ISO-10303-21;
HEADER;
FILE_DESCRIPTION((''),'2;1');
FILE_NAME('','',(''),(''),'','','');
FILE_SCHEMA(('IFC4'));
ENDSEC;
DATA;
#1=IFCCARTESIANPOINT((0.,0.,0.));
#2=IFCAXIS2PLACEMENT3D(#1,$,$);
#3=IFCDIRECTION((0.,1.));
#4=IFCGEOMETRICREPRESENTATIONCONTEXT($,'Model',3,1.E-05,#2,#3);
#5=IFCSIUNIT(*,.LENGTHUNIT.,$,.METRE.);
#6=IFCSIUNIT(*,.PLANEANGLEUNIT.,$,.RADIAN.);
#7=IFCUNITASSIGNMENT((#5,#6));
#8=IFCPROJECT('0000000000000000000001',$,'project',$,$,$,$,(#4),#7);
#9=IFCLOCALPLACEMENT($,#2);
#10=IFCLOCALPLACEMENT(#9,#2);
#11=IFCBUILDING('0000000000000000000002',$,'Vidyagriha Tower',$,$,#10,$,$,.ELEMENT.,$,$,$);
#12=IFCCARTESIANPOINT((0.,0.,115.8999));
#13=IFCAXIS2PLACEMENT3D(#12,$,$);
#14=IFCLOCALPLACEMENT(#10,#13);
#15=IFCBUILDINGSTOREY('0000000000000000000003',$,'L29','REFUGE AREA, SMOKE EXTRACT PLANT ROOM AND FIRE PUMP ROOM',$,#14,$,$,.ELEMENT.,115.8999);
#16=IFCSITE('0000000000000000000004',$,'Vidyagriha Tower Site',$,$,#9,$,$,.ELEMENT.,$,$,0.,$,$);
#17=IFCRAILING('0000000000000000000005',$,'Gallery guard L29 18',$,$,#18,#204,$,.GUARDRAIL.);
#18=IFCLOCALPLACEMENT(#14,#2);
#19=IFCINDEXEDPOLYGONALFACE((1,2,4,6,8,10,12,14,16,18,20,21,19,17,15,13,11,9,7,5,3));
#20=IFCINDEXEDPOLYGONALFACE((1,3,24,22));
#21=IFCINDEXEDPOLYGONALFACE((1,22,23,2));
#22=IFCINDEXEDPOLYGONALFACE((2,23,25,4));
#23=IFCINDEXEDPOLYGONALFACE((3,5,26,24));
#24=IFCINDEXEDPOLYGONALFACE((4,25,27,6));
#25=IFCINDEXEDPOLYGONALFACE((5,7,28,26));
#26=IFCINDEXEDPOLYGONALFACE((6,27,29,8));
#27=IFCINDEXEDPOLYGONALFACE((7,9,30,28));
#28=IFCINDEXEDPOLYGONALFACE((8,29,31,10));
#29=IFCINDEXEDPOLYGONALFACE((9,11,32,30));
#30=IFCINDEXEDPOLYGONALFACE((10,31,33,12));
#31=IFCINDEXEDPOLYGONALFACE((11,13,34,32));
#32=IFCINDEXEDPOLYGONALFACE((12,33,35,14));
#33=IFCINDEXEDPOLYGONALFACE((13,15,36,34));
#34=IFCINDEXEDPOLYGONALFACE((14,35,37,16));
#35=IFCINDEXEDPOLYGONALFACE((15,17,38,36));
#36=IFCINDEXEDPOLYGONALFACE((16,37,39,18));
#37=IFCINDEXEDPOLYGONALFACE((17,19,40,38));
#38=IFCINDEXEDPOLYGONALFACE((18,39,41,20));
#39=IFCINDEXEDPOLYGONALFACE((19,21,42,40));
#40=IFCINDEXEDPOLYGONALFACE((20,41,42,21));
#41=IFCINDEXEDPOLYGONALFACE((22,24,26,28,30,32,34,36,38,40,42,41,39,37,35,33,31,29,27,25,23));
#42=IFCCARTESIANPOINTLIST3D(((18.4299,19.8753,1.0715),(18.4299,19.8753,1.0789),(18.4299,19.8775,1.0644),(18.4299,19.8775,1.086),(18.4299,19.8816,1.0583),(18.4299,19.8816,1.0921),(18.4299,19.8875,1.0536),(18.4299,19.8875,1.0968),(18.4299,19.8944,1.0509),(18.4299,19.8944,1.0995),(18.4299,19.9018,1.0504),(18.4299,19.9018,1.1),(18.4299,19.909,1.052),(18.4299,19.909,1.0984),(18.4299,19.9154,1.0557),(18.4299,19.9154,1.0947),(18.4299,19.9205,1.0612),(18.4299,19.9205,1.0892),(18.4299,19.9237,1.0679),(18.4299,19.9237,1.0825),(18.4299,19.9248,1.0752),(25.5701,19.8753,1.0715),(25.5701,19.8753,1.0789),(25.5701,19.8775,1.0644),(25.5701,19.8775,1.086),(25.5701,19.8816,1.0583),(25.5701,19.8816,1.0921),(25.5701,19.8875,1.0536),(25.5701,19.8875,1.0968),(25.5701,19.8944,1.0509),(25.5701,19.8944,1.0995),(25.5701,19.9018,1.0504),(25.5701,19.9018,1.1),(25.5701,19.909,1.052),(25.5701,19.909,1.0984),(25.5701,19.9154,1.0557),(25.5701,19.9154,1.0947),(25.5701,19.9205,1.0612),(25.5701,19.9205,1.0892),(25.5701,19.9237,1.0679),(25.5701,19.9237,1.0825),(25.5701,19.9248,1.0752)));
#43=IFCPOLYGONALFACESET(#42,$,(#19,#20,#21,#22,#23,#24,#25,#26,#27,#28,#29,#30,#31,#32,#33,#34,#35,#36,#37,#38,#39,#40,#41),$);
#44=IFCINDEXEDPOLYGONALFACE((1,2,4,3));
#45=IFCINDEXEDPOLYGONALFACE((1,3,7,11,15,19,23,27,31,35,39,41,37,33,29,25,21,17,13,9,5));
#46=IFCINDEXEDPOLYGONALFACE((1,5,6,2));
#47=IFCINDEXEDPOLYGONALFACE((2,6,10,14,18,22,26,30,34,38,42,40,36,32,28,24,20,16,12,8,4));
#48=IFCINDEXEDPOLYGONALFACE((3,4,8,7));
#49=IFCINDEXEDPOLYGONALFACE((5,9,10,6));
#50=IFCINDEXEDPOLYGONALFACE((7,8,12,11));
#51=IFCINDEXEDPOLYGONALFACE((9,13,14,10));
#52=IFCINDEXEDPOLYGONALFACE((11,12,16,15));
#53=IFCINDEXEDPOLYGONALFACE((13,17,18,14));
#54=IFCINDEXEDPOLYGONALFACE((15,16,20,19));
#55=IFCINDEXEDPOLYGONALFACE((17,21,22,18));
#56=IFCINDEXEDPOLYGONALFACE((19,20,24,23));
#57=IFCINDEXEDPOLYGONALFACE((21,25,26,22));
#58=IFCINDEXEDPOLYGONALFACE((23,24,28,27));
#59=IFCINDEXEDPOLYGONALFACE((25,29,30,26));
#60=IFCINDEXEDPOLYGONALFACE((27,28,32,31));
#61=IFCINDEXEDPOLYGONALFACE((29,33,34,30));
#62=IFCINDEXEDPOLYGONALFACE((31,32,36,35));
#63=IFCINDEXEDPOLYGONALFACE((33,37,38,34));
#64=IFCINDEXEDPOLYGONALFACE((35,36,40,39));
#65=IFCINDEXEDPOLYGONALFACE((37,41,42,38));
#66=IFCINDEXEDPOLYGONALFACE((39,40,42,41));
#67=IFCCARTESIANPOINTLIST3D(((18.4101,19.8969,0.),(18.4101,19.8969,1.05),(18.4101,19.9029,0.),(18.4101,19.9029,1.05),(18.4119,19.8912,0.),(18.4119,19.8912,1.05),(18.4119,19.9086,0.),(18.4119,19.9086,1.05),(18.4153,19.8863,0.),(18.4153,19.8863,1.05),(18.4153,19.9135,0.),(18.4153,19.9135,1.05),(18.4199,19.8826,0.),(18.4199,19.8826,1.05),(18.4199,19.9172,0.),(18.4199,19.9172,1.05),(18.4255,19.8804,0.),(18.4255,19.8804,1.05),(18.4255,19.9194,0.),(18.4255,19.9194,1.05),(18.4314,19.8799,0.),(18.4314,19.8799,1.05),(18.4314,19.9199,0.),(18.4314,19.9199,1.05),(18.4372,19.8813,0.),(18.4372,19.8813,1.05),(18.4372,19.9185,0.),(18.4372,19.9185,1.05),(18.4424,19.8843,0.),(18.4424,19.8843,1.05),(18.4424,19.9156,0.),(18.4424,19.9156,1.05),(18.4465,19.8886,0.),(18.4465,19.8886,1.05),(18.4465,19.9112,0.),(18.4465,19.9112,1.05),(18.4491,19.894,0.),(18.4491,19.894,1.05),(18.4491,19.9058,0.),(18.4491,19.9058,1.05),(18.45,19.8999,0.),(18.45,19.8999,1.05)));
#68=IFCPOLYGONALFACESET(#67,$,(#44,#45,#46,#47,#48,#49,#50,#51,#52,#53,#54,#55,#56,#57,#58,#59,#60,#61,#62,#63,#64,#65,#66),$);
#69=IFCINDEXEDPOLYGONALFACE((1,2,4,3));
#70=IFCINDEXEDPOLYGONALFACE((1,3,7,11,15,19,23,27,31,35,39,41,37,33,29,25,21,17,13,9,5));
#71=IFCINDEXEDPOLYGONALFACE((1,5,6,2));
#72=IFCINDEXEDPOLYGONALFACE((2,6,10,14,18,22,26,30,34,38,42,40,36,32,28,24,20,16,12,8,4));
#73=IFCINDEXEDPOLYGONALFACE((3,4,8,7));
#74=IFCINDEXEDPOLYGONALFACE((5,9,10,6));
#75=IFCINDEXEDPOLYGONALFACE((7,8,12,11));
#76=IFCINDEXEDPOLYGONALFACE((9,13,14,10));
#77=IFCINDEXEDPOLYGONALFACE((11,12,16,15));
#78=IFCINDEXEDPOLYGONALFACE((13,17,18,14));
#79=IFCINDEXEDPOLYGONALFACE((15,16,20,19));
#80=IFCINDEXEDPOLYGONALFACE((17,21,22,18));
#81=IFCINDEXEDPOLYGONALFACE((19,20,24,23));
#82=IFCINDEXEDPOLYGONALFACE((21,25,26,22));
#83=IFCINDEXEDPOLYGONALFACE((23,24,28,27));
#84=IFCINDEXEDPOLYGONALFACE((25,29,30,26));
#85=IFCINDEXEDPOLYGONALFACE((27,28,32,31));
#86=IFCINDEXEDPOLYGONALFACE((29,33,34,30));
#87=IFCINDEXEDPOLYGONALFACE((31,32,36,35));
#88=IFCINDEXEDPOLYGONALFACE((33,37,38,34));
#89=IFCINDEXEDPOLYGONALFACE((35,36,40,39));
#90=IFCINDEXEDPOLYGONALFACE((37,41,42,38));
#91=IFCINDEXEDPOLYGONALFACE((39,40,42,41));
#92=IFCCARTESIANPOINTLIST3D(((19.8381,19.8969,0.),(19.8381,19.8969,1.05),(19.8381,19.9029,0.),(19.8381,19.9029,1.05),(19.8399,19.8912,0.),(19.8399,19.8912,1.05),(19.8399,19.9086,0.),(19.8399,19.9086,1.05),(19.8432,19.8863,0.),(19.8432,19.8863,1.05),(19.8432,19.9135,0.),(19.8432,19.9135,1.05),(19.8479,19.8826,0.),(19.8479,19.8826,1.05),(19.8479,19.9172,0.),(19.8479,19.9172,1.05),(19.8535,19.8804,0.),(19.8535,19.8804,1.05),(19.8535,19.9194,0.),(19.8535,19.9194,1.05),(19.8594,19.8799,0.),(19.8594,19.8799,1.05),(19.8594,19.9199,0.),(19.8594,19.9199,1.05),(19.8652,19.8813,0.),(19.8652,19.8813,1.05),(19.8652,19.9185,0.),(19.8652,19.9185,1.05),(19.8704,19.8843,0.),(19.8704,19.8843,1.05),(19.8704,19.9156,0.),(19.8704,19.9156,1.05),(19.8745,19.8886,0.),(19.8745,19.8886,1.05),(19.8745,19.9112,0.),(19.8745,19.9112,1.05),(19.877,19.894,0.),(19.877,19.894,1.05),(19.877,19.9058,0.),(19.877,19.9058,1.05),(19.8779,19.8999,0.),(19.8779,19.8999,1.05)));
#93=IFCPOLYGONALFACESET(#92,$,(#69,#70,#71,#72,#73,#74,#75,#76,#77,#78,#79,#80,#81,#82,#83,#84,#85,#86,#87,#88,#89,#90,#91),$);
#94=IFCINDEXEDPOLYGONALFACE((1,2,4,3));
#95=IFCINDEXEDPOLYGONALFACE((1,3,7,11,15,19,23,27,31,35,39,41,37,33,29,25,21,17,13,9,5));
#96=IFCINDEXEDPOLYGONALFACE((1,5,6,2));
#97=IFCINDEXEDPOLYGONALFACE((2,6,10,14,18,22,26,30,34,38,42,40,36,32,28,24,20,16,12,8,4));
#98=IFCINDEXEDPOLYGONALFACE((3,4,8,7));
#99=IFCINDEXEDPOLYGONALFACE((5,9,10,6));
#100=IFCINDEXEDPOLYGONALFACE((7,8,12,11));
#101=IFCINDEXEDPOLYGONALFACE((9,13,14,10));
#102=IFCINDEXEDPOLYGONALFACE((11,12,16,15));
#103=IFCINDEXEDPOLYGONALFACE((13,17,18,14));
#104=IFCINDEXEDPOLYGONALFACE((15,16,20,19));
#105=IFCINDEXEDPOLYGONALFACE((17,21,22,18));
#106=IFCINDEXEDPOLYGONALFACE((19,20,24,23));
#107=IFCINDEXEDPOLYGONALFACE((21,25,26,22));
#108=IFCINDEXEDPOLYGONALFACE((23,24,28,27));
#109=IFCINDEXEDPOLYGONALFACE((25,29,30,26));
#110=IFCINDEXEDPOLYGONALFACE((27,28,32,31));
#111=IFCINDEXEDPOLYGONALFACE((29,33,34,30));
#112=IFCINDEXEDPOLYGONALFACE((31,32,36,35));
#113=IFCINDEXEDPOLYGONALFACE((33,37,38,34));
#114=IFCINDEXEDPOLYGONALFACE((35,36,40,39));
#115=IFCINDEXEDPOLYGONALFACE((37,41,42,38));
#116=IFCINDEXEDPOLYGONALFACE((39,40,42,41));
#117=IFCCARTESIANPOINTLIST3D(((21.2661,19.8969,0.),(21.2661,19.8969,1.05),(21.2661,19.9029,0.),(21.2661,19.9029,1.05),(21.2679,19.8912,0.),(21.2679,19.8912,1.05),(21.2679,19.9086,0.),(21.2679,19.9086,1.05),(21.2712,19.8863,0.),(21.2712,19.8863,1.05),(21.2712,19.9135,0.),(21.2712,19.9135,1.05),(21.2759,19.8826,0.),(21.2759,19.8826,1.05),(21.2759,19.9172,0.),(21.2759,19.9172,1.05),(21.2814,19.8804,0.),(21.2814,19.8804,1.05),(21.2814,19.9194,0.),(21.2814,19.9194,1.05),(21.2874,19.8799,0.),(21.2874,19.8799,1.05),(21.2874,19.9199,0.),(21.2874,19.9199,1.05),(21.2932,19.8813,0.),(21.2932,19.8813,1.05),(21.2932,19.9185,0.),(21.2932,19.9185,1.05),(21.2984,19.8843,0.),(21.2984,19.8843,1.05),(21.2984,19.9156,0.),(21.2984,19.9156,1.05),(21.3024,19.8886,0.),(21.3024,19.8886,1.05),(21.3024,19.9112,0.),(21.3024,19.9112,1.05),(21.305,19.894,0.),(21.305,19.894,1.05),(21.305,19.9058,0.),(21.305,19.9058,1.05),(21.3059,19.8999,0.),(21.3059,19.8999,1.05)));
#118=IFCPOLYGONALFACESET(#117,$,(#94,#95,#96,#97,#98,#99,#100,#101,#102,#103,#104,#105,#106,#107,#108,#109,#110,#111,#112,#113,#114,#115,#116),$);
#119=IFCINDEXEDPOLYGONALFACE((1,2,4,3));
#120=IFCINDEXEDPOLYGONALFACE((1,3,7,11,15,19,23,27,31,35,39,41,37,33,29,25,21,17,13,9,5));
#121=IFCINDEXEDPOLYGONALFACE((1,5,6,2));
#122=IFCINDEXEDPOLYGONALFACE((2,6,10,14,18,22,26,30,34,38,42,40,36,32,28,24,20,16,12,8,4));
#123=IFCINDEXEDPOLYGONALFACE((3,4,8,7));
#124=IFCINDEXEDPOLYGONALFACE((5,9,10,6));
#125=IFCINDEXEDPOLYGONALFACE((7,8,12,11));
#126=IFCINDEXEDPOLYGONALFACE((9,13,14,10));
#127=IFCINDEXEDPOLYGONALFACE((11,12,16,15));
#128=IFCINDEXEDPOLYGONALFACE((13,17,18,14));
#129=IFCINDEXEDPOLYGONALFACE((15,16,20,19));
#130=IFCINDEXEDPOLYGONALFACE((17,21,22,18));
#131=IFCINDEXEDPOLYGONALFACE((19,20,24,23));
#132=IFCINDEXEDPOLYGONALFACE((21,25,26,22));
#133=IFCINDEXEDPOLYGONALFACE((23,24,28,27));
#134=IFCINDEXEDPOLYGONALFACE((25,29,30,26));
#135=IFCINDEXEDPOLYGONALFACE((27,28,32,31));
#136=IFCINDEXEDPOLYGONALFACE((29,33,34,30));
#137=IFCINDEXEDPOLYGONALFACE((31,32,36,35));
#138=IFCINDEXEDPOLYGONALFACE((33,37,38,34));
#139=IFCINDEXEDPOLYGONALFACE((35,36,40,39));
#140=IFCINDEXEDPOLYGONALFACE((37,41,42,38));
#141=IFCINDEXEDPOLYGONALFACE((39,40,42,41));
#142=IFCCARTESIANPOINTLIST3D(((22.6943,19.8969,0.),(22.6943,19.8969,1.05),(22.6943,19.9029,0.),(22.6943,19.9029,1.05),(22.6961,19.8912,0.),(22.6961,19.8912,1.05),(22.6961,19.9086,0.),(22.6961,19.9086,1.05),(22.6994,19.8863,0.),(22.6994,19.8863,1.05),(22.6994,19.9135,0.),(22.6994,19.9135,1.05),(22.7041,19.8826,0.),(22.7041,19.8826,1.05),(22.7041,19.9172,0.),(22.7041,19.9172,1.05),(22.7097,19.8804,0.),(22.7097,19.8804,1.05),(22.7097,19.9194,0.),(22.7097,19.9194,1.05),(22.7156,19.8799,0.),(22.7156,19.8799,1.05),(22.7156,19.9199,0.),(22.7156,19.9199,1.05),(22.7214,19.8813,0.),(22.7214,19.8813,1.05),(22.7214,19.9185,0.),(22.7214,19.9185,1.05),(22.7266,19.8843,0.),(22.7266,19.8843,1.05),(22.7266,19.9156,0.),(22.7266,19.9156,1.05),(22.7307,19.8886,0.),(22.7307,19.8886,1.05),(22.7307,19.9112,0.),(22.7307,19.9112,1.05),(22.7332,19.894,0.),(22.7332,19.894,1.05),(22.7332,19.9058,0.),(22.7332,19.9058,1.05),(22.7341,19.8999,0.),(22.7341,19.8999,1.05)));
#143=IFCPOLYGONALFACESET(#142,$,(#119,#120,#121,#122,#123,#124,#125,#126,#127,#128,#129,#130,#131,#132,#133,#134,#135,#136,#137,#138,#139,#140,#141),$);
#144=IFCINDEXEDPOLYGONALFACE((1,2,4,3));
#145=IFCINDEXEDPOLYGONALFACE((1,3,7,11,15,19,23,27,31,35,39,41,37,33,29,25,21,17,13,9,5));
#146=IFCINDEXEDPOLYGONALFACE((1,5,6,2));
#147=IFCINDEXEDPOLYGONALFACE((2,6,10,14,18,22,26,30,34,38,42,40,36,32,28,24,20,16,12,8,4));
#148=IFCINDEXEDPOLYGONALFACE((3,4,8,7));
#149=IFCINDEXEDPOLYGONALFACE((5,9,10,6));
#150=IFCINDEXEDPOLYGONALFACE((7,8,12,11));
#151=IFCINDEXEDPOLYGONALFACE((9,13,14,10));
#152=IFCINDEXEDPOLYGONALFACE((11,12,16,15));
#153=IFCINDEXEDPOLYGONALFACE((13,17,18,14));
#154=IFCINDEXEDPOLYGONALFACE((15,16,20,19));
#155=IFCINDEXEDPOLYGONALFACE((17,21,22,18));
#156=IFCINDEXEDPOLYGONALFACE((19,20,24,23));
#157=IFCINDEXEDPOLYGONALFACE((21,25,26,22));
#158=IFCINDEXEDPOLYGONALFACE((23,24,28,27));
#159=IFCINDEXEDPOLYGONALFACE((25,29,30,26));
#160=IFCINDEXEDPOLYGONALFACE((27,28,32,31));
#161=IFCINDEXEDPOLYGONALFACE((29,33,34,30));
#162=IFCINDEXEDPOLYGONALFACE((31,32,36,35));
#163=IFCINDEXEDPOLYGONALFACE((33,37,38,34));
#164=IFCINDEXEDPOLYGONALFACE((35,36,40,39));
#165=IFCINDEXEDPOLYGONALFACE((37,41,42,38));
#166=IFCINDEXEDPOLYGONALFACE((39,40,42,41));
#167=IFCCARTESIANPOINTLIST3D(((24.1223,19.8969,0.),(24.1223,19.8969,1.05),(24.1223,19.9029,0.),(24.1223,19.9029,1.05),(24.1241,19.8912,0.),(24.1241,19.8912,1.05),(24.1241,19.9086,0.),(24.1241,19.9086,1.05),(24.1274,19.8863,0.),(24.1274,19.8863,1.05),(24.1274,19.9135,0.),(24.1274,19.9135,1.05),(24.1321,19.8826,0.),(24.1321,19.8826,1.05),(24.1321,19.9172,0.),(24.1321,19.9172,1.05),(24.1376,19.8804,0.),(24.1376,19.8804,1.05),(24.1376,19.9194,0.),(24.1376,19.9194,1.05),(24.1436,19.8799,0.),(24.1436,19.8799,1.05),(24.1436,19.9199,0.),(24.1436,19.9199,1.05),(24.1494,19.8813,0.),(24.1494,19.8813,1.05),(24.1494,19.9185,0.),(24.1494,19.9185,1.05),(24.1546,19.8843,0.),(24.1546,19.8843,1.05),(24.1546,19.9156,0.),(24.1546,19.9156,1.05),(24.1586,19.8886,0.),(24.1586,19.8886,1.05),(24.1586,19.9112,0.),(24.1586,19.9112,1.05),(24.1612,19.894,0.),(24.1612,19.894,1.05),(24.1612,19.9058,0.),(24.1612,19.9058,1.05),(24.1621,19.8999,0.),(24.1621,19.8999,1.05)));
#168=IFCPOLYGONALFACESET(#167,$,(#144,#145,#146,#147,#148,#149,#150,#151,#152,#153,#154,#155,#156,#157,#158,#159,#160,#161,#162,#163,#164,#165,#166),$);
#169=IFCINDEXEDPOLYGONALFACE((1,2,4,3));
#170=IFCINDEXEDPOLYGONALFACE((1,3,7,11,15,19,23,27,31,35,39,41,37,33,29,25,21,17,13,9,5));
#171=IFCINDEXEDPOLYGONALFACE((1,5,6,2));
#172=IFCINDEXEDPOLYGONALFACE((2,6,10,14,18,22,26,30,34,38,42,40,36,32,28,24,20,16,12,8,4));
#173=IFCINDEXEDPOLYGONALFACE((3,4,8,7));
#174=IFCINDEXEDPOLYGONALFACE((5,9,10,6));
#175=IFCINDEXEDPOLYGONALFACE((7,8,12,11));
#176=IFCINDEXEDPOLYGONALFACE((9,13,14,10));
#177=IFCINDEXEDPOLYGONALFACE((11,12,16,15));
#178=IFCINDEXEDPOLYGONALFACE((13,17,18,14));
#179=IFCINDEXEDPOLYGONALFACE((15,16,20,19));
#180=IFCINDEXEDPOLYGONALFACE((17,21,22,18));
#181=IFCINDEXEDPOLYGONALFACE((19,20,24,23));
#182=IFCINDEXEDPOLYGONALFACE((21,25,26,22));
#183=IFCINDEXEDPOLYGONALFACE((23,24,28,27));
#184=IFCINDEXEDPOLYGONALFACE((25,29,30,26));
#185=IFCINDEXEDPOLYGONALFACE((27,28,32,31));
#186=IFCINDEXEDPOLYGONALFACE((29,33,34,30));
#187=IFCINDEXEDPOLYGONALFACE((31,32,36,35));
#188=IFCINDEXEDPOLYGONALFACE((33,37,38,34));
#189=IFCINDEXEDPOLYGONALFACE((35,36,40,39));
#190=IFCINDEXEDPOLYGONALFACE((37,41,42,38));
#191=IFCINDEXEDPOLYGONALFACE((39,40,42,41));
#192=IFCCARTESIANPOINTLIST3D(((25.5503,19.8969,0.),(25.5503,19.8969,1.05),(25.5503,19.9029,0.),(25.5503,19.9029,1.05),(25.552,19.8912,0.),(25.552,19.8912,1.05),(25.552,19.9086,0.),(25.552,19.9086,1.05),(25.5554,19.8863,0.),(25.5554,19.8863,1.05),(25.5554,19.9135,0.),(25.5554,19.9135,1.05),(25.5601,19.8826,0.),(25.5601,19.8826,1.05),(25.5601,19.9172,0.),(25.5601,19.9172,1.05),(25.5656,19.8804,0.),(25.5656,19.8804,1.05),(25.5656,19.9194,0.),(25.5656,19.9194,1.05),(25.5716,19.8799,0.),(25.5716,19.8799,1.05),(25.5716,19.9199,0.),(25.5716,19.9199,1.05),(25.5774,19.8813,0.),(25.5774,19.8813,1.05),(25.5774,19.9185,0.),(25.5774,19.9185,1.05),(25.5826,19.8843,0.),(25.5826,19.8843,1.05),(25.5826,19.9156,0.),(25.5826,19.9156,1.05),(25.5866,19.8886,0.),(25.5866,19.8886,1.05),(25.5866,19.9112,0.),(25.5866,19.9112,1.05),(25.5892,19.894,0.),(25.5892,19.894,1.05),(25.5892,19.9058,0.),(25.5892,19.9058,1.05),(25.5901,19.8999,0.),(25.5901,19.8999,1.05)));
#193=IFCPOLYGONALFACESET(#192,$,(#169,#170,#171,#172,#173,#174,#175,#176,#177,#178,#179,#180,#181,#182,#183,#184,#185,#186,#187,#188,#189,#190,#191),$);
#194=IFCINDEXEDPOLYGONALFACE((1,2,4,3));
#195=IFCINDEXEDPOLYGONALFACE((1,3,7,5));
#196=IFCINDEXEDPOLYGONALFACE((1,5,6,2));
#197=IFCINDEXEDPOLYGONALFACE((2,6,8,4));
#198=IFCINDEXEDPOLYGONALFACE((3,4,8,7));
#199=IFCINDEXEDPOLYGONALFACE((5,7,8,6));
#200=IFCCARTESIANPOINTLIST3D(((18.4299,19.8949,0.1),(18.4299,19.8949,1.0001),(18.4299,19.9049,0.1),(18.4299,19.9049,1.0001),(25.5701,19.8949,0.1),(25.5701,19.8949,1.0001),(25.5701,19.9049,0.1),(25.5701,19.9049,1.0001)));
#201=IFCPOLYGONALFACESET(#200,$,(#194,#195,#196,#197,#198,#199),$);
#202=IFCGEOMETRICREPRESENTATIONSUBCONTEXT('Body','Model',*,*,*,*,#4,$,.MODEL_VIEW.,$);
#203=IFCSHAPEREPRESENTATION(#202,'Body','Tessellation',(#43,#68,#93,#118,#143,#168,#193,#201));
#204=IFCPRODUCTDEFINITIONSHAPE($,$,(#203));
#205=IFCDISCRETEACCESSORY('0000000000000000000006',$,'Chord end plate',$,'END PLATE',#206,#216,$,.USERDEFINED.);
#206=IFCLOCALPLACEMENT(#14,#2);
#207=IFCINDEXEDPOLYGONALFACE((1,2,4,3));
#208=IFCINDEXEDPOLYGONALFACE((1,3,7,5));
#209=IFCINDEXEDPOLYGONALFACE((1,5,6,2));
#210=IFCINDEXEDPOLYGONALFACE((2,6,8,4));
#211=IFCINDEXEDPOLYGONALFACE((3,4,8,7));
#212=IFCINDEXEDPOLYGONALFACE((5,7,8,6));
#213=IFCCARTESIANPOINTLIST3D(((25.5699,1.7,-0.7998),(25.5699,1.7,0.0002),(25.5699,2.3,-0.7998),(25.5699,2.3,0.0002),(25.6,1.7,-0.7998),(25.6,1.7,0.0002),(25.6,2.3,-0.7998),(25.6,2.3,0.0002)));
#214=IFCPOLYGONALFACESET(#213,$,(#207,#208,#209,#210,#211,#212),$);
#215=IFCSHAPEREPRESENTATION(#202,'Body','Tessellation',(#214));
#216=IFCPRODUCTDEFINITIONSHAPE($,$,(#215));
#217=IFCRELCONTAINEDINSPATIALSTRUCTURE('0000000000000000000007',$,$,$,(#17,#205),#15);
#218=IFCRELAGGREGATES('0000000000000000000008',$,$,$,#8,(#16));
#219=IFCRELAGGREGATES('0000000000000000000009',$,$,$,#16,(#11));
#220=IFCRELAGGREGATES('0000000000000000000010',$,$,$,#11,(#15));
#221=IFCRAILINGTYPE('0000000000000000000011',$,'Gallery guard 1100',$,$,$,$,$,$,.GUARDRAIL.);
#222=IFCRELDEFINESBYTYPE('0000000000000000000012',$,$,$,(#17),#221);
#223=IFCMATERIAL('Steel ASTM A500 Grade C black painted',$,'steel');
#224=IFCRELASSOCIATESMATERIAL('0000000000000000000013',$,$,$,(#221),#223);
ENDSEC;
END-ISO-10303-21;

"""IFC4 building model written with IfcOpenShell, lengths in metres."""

from ifc_helpers import new_model, si_unit, direction, frame, origin, origin_2d, place, context, subcontext, project, spatial, rectangle, circle, extrude, material, type_object, element, save


model = new_model("IFC4")

# Units and contexts
model_context = context("Model", 3, precision=1e-05, world=origin(), true_north=direction((0.0, 1.0)))
body_context = subcontext(model_context, "Body", "Model", "MODEL_VIEW")
ifc_project = project(units=[si_unit("LENGTHUNIT", "METRE"), si_unit("PLANEANGLEUNIT", "RADIAN")], contexts=[model_context])

# Site, building, storey
site_placement = place(None, origin())
site = spatial("IfcSite", under=ifc_project, at=site_placement, Name="Vidyagriha Tower Site", CompositionType="ELEMENT", RefElevation=0.0)
building_placement = place(site_placement, origin())
building = spatial("IfcBuilding", under=site, at=building_placement, Name="Vidyagriha Tower", CompositionType="ELEMENT")
storey_placement = place(building_placement, frame((0.0, 0.0, 115.8999)))
storey = spatial("IfcBuildingStorey", under=building, at=storey_placement, Name="L29", Description="REFUGE AREA, SMOKE EXTRACT PLANT ROOM AND FIRE PUMP ROOM", CompositionType="ELEMENT", Elevation=115.8999)

# Railing
ifc_material_1 = material(Name="Steel ASTM A500 Grade C black painted", Category="steel")
railing_type = type_object("IfcRailingType", Name="Gallery guard 1100", PredefinedType="GUARDRAIL", material=ifc_material_1)
railing_1_placement = place(storey_placement, frame((18.4299, 19.8999, 0.0)))
element("IfcRailing", 1, at=railing_1_placement, inside=storey, type_object=railing_type, Name="Gallery guard L29 18", PredefinedType="GUARDRAIL", context=body_context, shape_type="SweptSolid", body=[
    extrude(circle(Radius=0.0249, at=origin_2d()), frame((0.0, 0.0, 1.0752), z_axis=(1.0, 0.0, 0.0), x_axis=(0.0, 1.0, 0.0)), (0.0, 0.0, 1.0), 7.1401),
    extrude(circle(Radius=0.02, at=origin_2d()), origin(), (0.0, 0.0, 1.0), 1.05),
    extrude(circle(Radius=0.02, at=origin_2d()), frame((1.428, 0.0, 0.0)), (0.0, 0.0, 1.0), 1.05),
    extrude(circle(Radius=0.02, at=origin_2d()), frame((2.856, 0.0, 0.0)), (0.0, 0.0, 1.0), 1.05),
    extrude(circle(Radius=0.02, at=origin_2d()), frame((4.2842, 0.0, 0.0)), (0.0, 0.0, 1.0), 1.05),
    extrude(circle(Radius=0.02, at=origin_2d()), frame((5.7122, 0.0, 0.0)), (0.0, 0.0, 1.0), 1.05),
    extrude(circle(Radius=0.02, at=origin_2d()), frame((7.1401, 0.0, 0.0)), (0.0, 0.0, 1.0), 1.05),
    extrude(rectangle(XDim=0.01, YDim=0.9001, at=origin_2d()), frame((0.0, 0.0, 0.55), z_axis=(1.0, 0.0, 0.0), x_axis=(0.0, 1.0, 0.0)), (0.0, 0.0, 1.0), 7.1401),
])

# Discrete accessory
for number, where, z_axis, x_axis, name in (
    (2, (25.585, 2.0, -0.7998), (0.0, 0.0, 1.0), (-1.0, 0.0, 0.0), "Chord end plate"),
):
    element("IfcDiscreteAccessory", number, at=place(storey_placement, frame(where, z_axis=z_axis, x_axis=x_axis)), inside=storey, Name=name, ObjectType="END PLATE", PredefinedType="USERDEFINED", context=body_context, shape_type="SweptSolid", body=[
        extrude(rectangle(XDim=0.03, YDim=0.6001, at=origin_2d()), origin(), (0.0, 0.0, 1.0), 0.8),
    ])

save(model, "model.ifc")
